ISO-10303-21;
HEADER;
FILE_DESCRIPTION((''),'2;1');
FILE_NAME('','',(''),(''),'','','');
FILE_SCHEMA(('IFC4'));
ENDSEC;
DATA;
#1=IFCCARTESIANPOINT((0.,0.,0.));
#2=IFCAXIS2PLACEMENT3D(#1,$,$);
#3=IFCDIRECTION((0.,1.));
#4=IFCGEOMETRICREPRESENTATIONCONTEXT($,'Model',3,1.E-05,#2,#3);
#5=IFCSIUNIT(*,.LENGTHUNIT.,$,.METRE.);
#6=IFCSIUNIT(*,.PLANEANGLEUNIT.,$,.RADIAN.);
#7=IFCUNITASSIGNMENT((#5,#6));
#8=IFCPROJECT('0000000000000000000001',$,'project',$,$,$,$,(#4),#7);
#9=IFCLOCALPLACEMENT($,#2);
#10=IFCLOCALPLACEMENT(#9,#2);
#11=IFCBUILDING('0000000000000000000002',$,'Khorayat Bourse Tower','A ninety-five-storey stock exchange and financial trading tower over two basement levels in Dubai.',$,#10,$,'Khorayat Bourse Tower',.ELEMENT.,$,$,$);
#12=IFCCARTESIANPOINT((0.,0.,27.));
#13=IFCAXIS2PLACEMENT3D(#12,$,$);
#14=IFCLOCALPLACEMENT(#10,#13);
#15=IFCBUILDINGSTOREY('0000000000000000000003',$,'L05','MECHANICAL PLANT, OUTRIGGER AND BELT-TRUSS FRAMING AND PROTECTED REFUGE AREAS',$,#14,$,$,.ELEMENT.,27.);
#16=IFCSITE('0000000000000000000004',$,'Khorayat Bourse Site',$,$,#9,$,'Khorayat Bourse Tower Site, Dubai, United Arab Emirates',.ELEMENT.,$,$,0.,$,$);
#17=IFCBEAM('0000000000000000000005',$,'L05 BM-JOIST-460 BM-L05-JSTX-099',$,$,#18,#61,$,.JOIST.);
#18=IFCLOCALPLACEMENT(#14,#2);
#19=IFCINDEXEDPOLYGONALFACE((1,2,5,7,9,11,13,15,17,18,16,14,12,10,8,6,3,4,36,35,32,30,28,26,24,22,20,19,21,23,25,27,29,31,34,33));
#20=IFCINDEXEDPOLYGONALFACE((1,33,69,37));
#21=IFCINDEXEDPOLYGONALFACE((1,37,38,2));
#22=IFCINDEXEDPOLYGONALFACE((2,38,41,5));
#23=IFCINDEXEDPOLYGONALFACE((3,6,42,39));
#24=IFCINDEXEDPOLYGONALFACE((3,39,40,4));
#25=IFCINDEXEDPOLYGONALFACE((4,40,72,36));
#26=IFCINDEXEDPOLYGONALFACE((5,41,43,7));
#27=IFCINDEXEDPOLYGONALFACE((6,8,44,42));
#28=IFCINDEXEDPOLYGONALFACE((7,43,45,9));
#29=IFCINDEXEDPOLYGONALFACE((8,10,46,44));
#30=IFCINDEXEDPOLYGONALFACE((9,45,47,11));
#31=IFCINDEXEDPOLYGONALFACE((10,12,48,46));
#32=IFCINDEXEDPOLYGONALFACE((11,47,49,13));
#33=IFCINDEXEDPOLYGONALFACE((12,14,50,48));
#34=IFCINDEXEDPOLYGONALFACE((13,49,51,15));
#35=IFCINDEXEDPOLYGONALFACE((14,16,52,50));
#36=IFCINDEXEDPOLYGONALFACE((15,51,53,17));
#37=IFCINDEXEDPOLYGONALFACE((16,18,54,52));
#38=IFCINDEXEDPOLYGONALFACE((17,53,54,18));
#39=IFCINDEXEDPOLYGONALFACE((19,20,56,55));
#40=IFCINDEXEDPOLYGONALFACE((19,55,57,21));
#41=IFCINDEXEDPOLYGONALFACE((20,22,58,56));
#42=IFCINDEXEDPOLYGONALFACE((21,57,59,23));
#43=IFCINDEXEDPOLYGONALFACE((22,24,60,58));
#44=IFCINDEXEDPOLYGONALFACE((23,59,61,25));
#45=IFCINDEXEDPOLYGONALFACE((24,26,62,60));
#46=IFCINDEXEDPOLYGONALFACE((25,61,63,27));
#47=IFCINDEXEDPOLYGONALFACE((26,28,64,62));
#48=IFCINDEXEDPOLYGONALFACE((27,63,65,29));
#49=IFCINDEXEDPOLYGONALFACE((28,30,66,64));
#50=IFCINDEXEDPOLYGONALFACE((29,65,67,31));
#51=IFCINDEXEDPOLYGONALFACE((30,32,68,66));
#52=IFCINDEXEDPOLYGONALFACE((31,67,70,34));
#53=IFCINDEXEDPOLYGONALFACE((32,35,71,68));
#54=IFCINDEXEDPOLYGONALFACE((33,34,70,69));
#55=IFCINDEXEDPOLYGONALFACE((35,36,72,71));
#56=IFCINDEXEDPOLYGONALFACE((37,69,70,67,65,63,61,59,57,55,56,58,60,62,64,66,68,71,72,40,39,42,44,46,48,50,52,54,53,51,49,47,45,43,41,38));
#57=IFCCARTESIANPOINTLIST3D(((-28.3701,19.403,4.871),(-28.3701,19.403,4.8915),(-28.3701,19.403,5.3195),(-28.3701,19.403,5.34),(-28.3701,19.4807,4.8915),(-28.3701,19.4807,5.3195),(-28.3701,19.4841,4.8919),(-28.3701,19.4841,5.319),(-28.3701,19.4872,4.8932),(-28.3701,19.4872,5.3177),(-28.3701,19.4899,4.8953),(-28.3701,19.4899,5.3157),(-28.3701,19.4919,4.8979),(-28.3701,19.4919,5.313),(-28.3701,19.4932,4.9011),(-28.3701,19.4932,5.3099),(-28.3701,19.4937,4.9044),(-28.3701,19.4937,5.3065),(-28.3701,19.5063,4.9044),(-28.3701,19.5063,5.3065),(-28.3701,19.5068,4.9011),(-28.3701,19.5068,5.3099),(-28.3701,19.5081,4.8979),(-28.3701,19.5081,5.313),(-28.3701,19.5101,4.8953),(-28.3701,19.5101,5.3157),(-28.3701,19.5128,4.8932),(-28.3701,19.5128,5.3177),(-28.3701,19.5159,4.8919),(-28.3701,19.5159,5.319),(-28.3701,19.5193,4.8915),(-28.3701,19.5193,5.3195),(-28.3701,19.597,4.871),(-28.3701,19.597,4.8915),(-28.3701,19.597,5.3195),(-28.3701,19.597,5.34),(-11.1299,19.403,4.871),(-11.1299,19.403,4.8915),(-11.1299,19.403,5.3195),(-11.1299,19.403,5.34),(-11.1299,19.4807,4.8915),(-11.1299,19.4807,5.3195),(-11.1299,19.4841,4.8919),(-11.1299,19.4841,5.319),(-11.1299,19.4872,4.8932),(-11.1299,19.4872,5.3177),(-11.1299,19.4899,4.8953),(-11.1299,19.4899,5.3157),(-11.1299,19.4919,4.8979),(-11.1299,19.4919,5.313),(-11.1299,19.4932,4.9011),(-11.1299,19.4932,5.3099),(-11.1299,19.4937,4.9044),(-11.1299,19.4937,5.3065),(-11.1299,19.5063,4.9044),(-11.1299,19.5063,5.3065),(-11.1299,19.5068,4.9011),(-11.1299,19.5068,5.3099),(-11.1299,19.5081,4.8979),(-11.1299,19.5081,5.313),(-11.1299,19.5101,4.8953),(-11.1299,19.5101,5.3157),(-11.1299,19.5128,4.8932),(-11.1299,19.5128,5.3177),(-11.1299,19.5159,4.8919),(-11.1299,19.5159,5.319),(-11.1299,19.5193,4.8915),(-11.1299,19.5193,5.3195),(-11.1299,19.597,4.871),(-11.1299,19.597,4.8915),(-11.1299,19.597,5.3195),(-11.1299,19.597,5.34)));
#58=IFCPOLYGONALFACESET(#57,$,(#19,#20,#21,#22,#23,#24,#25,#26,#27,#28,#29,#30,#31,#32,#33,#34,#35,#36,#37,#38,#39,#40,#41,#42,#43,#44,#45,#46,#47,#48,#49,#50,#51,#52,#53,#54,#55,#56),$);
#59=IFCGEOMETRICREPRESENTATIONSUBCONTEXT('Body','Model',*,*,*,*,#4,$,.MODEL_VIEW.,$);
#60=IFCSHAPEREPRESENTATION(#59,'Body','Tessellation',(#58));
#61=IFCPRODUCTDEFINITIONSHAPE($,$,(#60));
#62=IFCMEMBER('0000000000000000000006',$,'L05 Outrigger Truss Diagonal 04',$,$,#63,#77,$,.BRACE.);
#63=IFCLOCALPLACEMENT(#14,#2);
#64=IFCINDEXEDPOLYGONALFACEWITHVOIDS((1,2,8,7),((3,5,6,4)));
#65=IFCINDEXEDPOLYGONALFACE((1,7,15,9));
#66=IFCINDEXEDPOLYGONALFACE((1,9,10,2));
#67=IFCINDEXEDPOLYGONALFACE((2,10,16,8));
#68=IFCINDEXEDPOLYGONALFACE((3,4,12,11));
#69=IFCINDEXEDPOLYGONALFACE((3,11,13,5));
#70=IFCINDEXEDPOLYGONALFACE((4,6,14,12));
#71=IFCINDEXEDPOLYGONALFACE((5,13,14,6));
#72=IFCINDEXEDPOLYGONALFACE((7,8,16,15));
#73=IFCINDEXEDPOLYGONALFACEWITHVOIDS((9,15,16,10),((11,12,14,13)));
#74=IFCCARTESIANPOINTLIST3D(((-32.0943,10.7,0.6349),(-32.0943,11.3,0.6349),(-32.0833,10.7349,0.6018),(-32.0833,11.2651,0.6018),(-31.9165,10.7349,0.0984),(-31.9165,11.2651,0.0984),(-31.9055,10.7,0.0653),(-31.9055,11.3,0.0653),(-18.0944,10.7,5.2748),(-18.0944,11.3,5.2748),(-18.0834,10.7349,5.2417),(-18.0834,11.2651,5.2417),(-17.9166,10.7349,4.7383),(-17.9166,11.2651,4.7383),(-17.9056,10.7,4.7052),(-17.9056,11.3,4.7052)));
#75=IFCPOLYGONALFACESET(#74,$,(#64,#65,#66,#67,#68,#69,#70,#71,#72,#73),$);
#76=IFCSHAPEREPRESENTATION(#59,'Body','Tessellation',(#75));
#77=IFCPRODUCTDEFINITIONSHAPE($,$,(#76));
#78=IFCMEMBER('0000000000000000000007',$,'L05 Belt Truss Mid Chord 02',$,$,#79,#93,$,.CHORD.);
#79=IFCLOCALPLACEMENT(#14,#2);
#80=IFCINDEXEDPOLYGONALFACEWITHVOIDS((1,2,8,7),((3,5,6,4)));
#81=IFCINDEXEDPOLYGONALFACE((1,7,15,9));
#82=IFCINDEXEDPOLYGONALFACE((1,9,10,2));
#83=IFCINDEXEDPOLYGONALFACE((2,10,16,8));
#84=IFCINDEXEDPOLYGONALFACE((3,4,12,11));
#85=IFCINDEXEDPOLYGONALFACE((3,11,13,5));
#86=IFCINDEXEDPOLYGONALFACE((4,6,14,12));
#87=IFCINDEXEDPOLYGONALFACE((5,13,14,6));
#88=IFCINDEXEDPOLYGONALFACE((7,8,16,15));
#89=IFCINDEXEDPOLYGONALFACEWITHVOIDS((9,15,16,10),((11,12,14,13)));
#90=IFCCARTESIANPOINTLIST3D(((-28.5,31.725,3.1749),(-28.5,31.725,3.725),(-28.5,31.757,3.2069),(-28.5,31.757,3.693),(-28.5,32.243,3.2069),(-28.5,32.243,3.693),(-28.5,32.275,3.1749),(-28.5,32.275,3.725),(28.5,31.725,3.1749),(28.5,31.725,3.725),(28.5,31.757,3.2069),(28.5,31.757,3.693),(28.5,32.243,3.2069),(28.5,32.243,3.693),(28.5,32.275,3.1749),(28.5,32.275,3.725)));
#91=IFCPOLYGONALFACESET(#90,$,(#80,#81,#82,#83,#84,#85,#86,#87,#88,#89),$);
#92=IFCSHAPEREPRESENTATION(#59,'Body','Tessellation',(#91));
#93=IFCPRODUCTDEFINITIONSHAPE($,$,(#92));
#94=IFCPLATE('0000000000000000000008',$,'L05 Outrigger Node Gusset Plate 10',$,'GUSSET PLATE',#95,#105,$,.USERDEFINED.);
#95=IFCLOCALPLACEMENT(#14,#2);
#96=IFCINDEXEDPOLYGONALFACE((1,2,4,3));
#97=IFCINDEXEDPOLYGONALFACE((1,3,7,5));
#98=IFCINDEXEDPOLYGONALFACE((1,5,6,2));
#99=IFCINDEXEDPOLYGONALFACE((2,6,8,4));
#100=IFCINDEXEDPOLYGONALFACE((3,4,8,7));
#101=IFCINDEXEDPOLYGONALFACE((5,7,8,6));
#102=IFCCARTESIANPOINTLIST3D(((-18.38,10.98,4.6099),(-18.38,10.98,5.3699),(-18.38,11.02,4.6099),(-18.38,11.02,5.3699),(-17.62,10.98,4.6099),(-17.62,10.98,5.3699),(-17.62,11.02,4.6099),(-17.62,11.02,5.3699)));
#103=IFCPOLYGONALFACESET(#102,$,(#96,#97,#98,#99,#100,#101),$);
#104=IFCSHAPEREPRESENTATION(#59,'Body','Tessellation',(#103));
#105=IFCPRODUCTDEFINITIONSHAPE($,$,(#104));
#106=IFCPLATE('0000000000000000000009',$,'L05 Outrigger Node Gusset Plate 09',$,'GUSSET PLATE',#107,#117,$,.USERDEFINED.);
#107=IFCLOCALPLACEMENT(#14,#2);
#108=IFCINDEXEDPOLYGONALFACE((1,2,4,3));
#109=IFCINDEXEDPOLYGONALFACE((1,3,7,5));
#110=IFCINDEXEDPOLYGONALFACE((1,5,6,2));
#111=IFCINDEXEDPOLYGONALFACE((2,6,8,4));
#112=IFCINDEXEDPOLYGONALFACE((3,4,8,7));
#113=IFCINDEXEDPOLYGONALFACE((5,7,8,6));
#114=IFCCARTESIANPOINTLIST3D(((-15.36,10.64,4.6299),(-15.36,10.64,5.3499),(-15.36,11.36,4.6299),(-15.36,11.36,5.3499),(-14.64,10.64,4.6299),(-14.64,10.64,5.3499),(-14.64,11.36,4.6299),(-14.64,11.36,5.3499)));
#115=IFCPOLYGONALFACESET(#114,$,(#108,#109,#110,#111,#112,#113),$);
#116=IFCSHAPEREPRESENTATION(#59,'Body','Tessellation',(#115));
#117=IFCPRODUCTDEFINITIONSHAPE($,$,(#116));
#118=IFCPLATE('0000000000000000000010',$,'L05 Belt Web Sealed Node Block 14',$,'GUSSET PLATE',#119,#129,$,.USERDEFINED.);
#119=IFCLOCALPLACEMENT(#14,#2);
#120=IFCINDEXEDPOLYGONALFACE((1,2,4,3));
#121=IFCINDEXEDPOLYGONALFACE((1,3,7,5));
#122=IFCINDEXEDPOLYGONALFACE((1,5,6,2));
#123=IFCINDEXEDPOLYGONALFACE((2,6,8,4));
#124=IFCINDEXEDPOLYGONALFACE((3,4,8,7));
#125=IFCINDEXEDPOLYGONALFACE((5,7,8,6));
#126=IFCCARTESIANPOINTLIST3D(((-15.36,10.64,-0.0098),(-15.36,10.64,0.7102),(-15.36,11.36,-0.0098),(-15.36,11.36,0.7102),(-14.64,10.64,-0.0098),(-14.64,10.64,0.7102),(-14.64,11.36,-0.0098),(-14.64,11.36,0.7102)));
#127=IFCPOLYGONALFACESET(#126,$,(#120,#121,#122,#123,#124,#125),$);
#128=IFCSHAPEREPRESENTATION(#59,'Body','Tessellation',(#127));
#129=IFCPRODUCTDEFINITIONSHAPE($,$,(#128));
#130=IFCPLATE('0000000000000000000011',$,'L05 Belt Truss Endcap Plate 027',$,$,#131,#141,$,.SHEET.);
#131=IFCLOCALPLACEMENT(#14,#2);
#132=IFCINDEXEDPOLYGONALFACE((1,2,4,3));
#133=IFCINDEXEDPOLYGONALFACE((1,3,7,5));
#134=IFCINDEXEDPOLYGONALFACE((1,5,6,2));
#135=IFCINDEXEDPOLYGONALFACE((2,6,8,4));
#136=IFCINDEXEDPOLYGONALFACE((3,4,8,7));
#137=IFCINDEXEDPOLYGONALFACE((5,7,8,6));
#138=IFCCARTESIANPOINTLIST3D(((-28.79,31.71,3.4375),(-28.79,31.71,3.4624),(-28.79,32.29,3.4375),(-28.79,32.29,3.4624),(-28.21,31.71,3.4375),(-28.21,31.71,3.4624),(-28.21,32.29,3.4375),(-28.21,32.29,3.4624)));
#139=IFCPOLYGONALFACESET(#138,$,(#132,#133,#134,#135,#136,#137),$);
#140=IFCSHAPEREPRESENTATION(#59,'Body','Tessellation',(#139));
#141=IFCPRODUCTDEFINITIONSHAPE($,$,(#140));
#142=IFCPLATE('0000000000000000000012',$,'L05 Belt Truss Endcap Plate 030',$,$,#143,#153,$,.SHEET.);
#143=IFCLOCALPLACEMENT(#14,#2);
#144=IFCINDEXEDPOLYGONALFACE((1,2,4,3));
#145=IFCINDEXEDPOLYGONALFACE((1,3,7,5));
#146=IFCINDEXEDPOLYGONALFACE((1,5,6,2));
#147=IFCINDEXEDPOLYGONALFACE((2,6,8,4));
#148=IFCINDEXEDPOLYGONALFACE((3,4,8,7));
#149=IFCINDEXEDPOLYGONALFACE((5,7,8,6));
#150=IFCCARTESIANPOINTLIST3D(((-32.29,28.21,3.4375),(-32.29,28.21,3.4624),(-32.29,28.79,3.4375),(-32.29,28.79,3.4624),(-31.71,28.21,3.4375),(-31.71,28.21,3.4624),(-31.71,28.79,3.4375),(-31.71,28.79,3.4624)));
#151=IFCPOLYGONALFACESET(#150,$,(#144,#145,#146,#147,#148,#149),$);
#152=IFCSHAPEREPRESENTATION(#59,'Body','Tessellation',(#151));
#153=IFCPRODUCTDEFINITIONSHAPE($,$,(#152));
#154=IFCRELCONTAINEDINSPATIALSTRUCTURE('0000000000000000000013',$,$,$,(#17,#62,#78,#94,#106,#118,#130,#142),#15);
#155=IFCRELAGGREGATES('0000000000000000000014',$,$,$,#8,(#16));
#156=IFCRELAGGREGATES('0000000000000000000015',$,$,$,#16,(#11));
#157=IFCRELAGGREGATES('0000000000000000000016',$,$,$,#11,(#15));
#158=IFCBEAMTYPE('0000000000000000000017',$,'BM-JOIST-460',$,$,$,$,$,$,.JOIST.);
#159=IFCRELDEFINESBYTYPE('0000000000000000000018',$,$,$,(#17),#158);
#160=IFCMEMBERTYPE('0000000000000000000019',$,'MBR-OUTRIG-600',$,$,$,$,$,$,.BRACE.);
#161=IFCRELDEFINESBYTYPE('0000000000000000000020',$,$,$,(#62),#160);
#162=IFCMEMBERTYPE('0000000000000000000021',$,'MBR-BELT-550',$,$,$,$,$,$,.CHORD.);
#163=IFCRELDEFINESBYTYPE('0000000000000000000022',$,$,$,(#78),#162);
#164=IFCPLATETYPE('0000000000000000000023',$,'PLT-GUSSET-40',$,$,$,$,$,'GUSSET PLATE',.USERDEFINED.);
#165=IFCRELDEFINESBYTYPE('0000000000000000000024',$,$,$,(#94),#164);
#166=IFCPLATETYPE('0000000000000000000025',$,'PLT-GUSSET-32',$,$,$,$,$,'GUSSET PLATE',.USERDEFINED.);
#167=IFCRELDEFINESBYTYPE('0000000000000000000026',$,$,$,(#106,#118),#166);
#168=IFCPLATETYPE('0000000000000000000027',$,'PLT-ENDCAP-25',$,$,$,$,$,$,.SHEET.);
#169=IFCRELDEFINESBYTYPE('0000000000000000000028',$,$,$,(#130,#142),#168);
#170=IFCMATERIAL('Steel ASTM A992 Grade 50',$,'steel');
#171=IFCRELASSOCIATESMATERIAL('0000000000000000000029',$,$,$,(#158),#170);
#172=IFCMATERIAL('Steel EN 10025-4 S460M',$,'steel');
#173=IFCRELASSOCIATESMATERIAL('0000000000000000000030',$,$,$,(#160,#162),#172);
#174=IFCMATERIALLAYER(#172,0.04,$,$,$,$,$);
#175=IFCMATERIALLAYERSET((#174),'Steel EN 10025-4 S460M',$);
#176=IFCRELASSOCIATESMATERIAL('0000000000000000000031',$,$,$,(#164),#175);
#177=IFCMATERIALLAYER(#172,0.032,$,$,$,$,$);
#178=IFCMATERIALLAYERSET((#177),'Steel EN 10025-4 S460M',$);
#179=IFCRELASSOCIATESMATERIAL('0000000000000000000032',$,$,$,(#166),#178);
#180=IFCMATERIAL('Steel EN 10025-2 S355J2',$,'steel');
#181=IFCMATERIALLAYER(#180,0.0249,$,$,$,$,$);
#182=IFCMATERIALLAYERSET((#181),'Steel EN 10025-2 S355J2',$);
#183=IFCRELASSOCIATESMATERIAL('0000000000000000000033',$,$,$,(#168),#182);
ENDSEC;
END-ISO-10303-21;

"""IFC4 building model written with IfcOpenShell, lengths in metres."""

from ifc_helpers import new_model, si_unit, direction, frame, origin, origin_2d, place, context, subcontext, project, spatial, rectangle, hollow_rectangle, i_section, extrude, source, transform, mapped, material, layer, layer_set, material_profile, profile_set, type_object, element, save


model = new_model("IFC4")

# Units and contexts
model_context = context("Model", 3, precision=1e-05, world=origin(), true_north=direction((0.0, 1.0)))
body_context = subcontext(model_context, "Body", "Model", "MODEL_VIEW")
ifc_project = project(units=[si_unit("LENGTHUNIT", "METRE"), si_unit("PLANEANGLEUNIT", "RADIAN")], contexts=[model_context])

# Site, building, storey
site_placement = place(None, origin())
site = spatial("IfcSite", under=ifc_project, at=site_placement, Name="Khorayat Bourse Site", LongName="Khorayat Bourse Tower Site, Dubai, United Arab Emirates", CompositionType="ELEMENT", RefElevation=0.0)
building_placement = place(site_placement, origin())
building = spatial("IfcBuilding", under=site, at=building_placement, Name="Khorayat Bourse Tower", Description="A ninety-five-storey stock exchange and financial trading tower over two basement levels in Dubai.", LongName="Khorayat Bourse Tower", CompositionType="ELEMENT")
storey_placement = place(building_placement, frame((0.0, 0.0, 27.0)))
storey = spatial("IfcBuildingStorey", under=building, at=storey_placement, Name="L05", Description="MECHANICAL PLANT, OUTRIGGER AND BELT-TRUSS FRAMING AND PROTECTED REFUGE AREAS", CompositionType="ELEMENT", Elevation=27.0)

# Shared definitions
ifc_material_1 = material(Name="Steel EN 10025-4 S460M", Category="steel")

# Beam
ifc_material_2 = material(Name="Steel ASTM A992 Grade 50", Category="steel")
ifc_material_profile_1 = material_profile(ifc_material_2, i_section(OverallWidth=0.1941, OverallDepth=0.469, WebThickness=0.0127, FlangeThickness=0.0205, FilletRadius=0.0129, at=origin_2d()), Name="W460X106")
ifc_profile_set_1 = profile_set([ifc_material_profile_1], Name="Steel ASTM A992 Grade 50")
beam_type_1 = type_object("IfcBeamType", Name="BM-JOIST-460", PredefinedType="JOIST", material=ifc_profile_set_1)
shared_shape_1 = source(origin(), body_context, "Body", "SweptSolid", [
    extrude(i_section(OverallWidth=0.1941, OverallDepth=0.469, WebThickness=0.0127, FlangeThickness=0.0205, FilletRadius=0.0129, at=origin_2d()), origin(), (0.0, 0.0, 1.0), 17.2402),
])
beam_1_placement = place(storey_placement, frame((-28.3701, 19.5, 5.1055), z_axis=(1.0, 0.0, 0.0), x_axis=(0.0, 1.0, 0.0)))
element("IfcBeam", 1, at=beam_1_placement, inside=storey, type_object=beam_type_1, Name="L05 BM-JOIST-460 BM-L05-JSTX-099", PredefinedType="JOIST", context=body_context, shape_type="MappedRepresentation", body=[
    mapped(shared_shape_1, transform((0.0, 0.0, 0.0), scale=1.0)),
])

# Members
ifc_material_profile_2 = material_profile(ifc_material_1, hollow_rectangle(XDim=0.6001, YDim=0.6001, WallThickness=0.0349, at=origin_2d()), Name="BOX 600x600x35")
ifc_profile_set_2 = profile_set([ifc_material_profile_2], Name="Steel EN 10025-4 S460M")
member_type_1 = type_object("IfcMemberType", Name="MBR-OUTRIG-600", PredefinedType="BRACE", material=ifc_profile_set_2)
shared_shape_2 = source(origin(), body_context, "Body", "SweptSolid", [
    extrude(hollow_rectangle(XDim=0.6001, YDim=0.6001, WallThickness=0.0349, at=origin_2d()), origin(), (0.0, 0.0, 1.0), 14.7488),
])
member_1_placement = place(storey_placement, frame((-18.0, 11.0, 4.99), z_axis=(-0.949226, 0.0, -0.314593), x_axis=(0.0, -1.0, 0.0)))
element("IfcMember", 2, at=member_1_placement, inside=storey, type_object=member_type_1, Name="L05 Outrigger Truss Diagonal 04", PredefinedType="BRACE", context=body_context, shape_type="MappedRepresentation", body=[
    mapped(shared_shape_2, transform((0.0, 0.0, 0.0), scale=1.0)),
])
ifc_material_profile_3 = material_profile(ifc_material_1, hollow_rectangle(XDim=0.55, YDim=0.55, WallThickness=0.032, at=origin_2d()), Name="HSS 550x550x32")
ifc_profile_set_3 = profile_set([ifc_material_profile_3], Name="Steel EN 10025-4 S460M")
member_type_2 = type_object("IfcMemberType", Name="MBR-BELT-550", PredefinedType="CHORD", material=ifc_profile_set_3)
shared_shape_3 = source(origin(), body_context, "Body", "SweptSolid", [
    extrude(hollow_rectangle(XDim=0.55, YDim=0.55, WallThickness=0.032, at=origin_2d()), origin(), (0.0, 0.0, 1.0), 57.0),
])
member_2_placement = place(storey_placement, frame((-28.5, 32.0, 3.45), z_axis=(1.0, 0.0, 0.0), x_axis=(0.0, 1.0, 0.0)))
element("IfcMember", 3, at=member_2_placement, inside=storey, type_object=member_type_2, Name="L05 Belt Truss Mid Chord 02", PredefinedType="CHORD", context=body_context, shape_type="MappedRepresentation", body=[
    mapped(shared_shape_3, transform((0.0, 0.0, 0.0), scale=1.0)),
])

# Plates
ifc_layer_1 = layer(ifc_material_1, 0.04)
ifc_layer_set_1 = layer_set([ifc_layer_1], Name="Steel EN 10025-4 S460M")
plate_type_1 = type_object("IfcPlateType", Name="PLT-GUSSET-40", ElementType="GUSSET PLATE", PredefinedType="USERDEFINED", material=ifc_layer_set_1)
shared_shape_4 = source(origin(), body_context, "Body", "SweptSolid", [
    extrude(rectangle(XDim=0.76, YDim=0.04, at=origin_2d()), origin(), (0.0, 0.0, 1.0), 0.76),
])
plate_placement = place(storey_placement, frame((-18.0, 11.0, 4.6099), z_axis=(0.0, 0.0, 1.0), x_axis=(1.0, 0.0, 0.0)))
element("IfcPlate", 4, at=plate_placement, inside=storey, type_object=plate_type_1, Name="L05 Outrigger Node Gusset Plate 10", ObjectType="GUSSET PLATE", PredefinedType="USERDEFINED", context=body_context, shape_type="MappedRepresentation", body=[
    mapped(shared_shape_4, transform((0.0, 0.0, 0.0), scale=1.0)),
])
ifc_layer_2 = layer(ifc_material_1, 0.032)
ifc_layer_set_2 = layer_set([ifc_layer_2], Name="Steel EN 10025-4 S460M")
plate_type_2 = type_object("IfcPlateType", Name="PLT-GUSSET-32", ElementType="GUSSET PLATE", PredefinedType="USERDEFINED", material=ifc_layer_set_2)
shared_shape_5 = source(origin(), body_context, "Body", "SweptSolid", [
    extrude(rectangle(XDim=0.72, YDim=0.72, at=origin_2d()), origin(), (0.0, 0.0, 1.0), 0.72),
])
for number, where, z_axis, x_axis, name in (
    (5, (-15.0, 11.0, 4.6299), (0.0, 0.0, 1.0), (1.0, 0.0, 0.0), "L05 Outrigger Node Gusset Plate 09"),
    (6, (-15.0, 11.0, -0.0098), (0.0, 0.0, 1.0), (1.0, 0.0, 0.0), "L05 Belt Web Sealed Node Block 14"),
):
    element("IfcPlate", number, at=place(storey_placement, frame(where, z_axis=z_axis, x_axis=x_axis)), inside=storey, type_object=plate_type_2, Name=name, ObjectType="GUSSET PLATE", PredefinedType="USERDEFINED", context=body_context, shape_type="MappedRepresentation", body=[
        mapped(shared_shape_5, transform((0.0, 0.0, 0.0), scale=1.0)),
    ])
ifc_material_3 = material(Name="Steel EN 10025-2 S355J2", Category="steel")
ifc_layer_3 = layer(ifc_material_3, 0.0249)
ifc_layer_set_3 = layer_set([ifc_layer_3], Name="Steel EN 10025-2 S355J2")
plate_type_3 = type_object("IfcPlateType", Name="PLT-ENDCAP-25", PredefinedType="SHEET", material=ifc_layer_set_3)
shared_shape_6 = source(origin(), body_context, "Body", "SweptSolid", [
    extrude(rectangle(XDim=0.5801, YDim=0.5801, at=origin_2d()), origin(), (0.0, 0.0, 1.0), 0.0249),
])
for number, where, z_axis, x_axis, name in (
    (7, (-28.5, 32.0, 3.4375), (0.0, 0.0, 1.0), (1.0, 0.0, 0.0), "L05 Belt Truss Endcap Plate 027"),
    (8, (-32.0, 28.5, 3.4375), (0.0, 0.0, 1.0), (1.0, 0.0, 0.0), "L05 Belt Truss Endcap Plate 030"),
):
    element("IfcPlate", number, at=place(storey_placement, frame(where, z_axis=z_axis, x_axis=x_axis)), inside=storey, type_object=plate_type_3, Name=name, PredefinedType="SHEET", context=body_context, shape_type="MappedRepresentation", body=[
        mapped(shared_shape_6, transform((0.0, 0.0, 0.0), scale=1.0)),
    ])

save(model, "model.ifc")
